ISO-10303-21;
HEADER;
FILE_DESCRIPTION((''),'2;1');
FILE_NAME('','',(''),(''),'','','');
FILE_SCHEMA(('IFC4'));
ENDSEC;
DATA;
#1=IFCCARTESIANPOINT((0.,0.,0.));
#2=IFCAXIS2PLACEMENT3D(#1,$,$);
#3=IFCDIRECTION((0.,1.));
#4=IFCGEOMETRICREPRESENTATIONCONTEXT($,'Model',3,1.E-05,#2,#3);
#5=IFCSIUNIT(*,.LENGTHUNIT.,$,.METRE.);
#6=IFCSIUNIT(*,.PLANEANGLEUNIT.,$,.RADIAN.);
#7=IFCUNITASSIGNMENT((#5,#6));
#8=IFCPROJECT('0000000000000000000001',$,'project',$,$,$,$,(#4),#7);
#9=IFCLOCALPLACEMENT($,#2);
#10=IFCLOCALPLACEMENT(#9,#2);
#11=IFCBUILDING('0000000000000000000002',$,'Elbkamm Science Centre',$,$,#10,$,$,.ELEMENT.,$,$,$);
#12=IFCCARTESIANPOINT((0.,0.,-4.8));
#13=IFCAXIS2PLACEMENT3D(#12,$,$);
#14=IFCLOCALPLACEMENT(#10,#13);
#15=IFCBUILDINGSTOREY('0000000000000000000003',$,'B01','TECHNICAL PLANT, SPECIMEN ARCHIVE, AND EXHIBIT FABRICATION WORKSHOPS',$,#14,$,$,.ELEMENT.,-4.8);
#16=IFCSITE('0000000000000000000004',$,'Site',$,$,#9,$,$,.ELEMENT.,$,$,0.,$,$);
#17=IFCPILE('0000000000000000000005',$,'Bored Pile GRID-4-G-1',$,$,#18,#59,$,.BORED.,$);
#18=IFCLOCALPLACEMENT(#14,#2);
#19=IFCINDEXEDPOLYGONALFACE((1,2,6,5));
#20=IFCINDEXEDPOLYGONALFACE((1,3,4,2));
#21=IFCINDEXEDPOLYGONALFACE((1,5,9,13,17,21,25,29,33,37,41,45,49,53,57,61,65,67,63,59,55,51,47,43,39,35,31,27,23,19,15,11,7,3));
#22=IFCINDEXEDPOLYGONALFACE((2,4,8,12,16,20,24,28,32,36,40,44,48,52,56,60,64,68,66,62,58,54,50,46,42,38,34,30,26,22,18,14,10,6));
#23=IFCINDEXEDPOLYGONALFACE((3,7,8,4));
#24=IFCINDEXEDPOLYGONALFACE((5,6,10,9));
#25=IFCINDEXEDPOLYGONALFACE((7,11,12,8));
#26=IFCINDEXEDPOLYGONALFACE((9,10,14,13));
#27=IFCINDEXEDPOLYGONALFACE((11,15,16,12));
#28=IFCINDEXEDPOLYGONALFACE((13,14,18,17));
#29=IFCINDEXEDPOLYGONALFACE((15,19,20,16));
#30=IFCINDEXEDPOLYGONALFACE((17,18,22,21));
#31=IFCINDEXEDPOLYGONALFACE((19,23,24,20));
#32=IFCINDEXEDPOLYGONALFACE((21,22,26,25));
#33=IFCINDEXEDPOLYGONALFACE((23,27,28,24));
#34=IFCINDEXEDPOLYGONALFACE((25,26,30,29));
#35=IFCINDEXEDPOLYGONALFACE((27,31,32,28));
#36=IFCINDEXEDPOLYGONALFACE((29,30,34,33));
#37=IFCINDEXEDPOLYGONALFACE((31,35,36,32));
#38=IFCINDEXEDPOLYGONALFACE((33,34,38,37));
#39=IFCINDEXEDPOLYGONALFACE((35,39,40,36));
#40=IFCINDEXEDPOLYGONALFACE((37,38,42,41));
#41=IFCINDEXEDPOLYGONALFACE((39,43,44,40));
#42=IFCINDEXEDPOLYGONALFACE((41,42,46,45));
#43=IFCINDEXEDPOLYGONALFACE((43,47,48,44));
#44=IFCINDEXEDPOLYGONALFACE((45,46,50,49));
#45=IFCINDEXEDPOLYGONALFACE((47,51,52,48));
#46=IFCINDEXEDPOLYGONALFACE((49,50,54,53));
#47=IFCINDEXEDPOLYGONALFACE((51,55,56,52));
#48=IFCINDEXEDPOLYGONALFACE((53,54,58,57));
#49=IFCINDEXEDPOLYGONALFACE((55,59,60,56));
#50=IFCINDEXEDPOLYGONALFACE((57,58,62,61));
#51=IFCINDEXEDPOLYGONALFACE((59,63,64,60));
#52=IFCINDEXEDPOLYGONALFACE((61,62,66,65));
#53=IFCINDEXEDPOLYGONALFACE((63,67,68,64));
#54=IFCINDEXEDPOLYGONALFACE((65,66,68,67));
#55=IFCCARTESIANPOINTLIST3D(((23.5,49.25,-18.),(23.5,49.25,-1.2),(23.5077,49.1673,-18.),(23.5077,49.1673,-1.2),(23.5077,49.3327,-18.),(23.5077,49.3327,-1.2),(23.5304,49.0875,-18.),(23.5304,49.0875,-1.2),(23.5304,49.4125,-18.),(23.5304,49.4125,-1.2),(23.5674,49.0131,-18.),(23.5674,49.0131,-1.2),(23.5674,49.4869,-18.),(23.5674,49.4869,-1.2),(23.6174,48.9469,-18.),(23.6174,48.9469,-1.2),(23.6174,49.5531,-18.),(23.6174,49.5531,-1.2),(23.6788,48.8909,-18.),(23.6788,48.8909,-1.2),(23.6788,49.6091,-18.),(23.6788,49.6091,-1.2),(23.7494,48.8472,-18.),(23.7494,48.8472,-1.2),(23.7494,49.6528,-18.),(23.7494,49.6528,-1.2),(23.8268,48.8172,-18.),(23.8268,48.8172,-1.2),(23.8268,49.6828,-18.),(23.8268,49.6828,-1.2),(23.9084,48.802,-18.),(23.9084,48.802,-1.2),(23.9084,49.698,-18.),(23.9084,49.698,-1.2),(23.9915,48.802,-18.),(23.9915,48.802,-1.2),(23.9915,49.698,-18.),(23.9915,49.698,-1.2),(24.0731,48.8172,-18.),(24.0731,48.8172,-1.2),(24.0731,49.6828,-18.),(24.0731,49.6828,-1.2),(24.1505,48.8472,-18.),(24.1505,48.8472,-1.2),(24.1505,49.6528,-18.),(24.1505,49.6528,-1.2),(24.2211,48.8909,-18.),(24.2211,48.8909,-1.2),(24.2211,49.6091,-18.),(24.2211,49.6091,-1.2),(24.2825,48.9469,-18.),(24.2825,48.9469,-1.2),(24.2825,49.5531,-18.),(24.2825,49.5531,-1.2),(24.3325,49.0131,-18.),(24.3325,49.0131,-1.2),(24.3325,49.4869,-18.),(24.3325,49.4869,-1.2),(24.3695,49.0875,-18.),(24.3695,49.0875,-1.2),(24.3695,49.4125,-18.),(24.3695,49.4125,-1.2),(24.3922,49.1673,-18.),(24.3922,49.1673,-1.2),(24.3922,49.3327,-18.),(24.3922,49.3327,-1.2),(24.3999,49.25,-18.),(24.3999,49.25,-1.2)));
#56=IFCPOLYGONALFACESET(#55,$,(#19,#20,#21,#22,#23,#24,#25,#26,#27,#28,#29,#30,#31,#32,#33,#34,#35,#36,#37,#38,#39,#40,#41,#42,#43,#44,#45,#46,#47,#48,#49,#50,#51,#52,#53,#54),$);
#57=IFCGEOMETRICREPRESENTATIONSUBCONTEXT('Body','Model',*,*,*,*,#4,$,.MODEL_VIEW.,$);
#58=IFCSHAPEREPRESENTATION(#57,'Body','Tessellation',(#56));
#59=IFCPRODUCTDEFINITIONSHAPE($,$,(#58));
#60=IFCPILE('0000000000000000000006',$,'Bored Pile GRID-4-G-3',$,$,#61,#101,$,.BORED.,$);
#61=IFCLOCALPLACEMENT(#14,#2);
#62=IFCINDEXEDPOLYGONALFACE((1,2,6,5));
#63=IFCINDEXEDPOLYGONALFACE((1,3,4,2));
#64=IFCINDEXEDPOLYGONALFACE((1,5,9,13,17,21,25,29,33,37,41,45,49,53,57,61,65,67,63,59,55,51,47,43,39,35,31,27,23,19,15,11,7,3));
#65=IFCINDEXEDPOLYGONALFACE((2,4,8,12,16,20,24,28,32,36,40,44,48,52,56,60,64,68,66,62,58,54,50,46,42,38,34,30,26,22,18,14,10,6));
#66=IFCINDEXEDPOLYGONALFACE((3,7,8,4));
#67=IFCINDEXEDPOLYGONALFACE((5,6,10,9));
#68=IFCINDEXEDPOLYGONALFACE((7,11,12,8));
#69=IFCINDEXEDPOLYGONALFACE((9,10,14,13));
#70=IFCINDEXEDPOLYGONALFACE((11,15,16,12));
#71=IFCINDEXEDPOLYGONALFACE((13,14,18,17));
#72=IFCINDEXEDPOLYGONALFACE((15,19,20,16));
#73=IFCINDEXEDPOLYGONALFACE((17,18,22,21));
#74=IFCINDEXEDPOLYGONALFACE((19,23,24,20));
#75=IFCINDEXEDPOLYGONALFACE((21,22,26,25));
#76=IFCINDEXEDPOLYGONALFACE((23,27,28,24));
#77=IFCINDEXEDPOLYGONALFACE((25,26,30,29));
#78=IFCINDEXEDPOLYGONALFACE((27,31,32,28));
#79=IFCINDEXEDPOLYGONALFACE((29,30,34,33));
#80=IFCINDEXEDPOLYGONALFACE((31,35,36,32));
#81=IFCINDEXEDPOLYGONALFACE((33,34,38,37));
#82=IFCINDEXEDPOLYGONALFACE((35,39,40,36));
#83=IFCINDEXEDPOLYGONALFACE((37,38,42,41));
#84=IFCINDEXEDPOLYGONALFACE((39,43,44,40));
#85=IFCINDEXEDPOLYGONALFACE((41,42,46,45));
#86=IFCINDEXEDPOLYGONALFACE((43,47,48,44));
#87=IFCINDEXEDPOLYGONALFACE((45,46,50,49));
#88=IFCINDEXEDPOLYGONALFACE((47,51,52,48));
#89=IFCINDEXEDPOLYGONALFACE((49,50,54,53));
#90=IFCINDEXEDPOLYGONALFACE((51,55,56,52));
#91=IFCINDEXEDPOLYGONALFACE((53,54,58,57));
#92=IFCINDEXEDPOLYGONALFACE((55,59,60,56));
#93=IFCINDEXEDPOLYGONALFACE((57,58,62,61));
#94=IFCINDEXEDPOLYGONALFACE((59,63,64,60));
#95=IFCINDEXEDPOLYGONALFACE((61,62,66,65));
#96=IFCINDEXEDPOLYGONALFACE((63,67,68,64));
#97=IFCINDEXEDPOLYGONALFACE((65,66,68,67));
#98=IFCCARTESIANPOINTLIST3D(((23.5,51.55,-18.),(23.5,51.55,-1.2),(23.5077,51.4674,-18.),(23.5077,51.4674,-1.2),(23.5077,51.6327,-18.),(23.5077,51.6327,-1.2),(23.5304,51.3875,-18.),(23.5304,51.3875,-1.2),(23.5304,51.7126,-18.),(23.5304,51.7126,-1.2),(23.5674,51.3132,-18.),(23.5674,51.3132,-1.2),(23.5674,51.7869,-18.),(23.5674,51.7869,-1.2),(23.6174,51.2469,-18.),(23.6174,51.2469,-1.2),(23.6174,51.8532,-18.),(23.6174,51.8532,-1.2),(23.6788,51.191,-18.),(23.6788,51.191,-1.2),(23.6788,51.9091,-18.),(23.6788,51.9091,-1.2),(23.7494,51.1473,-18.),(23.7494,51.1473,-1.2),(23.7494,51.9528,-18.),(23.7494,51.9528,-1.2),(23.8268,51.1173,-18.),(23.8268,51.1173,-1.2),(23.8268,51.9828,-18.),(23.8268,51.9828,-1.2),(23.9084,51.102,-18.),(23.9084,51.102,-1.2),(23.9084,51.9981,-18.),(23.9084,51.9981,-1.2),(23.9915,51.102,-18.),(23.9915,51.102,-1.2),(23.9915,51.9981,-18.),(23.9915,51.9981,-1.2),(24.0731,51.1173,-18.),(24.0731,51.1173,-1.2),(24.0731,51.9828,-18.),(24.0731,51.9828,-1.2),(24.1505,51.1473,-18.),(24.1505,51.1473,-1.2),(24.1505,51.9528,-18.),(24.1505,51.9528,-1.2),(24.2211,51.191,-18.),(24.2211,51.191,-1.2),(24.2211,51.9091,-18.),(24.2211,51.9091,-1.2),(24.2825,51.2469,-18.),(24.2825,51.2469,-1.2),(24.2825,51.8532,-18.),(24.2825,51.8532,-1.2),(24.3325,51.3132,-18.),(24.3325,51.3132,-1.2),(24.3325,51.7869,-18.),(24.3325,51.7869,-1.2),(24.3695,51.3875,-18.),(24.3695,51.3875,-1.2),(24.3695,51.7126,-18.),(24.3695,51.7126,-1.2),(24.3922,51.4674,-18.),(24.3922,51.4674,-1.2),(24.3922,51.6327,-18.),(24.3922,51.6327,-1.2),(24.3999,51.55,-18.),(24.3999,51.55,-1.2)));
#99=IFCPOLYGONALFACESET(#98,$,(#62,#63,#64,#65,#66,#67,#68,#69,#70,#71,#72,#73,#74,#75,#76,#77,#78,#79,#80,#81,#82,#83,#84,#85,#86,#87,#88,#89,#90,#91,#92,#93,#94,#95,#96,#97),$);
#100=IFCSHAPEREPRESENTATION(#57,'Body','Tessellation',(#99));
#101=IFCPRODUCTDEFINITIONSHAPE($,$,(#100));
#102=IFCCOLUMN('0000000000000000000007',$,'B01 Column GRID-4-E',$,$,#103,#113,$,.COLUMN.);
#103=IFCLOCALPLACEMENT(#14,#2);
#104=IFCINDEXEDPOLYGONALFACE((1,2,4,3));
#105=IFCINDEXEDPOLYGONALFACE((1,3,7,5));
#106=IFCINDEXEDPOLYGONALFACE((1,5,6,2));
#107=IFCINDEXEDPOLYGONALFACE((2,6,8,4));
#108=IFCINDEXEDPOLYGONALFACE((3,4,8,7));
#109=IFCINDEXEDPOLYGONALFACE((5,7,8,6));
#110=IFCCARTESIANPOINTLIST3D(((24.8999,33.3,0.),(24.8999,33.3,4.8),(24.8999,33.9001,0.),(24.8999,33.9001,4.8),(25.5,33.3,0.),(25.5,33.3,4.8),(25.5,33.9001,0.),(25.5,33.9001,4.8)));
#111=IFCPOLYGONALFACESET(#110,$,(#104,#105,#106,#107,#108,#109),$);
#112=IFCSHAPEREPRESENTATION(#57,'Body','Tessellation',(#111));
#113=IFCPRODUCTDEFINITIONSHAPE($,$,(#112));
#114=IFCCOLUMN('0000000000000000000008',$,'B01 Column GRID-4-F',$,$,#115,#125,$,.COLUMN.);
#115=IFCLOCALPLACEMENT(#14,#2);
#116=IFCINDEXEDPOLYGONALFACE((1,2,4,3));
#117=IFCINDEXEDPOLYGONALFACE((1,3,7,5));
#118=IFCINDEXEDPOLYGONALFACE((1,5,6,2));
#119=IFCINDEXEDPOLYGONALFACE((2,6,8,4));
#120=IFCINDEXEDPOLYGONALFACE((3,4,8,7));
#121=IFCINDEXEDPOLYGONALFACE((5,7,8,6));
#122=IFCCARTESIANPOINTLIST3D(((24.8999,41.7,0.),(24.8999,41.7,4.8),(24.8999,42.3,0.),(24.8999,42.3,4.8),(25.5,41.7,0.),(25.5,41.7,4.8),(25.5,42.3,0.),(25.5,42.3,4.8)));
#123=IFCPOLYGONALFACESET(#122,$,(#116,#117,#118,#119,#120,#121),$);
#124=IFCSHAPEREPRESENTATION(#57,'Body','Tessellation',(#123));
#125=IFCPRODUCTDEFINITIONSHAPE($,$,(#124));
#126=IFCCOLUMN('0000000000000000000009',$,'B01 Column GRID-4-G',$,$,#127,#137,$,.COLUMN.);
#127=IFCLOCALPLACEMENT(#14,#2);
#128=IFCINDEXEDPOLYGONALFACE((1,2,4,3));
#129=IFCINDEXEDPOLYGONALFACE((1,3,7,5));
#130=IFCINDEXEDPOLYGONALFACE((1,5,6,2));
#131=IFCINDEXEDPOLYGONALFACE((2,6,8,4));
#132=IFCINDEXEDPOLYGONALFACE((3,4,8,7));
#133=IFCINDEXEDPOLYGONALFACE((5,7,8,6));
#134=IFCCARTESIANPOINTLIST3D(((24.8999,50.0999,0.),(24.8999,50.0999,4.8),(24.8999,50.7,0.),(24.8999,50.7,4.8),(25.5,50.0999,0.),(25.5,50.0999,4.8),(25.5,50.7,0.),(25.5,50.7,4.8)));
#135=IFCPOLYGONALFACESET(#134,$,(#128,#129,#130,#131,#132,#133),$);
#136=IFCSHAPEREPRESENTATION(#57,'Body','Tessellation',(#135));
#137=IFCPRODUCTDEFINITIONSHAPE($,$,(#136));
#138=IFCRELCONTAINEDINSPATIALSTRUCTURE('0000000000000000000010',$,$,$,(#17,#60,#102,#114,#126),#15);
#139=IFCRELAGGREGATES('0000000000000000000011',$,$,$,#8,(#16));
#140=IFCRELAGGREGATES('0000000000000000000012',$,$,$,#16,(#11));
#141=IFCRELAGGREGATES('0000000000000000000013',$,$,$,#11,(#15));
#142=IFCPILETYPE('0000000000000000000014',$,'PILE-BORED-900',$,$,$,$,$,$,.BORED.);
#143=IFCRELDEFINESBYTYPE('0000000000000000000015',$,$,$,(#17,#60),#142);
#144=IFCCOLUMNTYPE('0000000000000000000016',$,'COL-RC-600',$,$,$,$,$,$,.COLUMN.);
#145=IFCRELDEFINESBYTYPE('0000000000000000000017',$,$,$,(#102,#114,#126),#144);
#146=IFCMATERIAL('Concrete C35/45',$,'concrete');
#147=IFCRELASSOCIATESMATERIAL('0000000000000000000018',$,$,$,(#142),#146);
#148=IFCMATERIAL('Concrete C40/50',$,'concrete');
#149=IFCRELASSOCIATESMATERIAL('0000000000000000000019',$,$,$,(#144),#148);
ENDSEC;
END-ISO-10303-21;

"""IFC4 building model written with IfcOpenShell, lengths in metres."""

from ifc_helpers import new_model, si_unit, direction, frame, origin, origin_2d, place, context, subcontext, project, spatial, rectangle, circle, extrude, material, material_profile, profile_set, type_object, element, save


model = new_model("IFC4")

# Units and contexts
model_context = context("Model", 3, precision=1e-05, world=origin(), true_north=direction((0.0, 1.0)))
body_context = subcontext(model_context, "Body", "Model", "MODEL_VIEW")
ifc_project = project(units=[si_unit("LENGTHUNIT", "METRE"), si_unit("PLANEANGLEUNIT", "RADIAN")], contexts=[model_context])

# Site, building, storey
site_placement = place(None, origin())
site = spatial("IfcSite", under=ifc_project, at=site_placement, Name="Site", CompositionType="ELEMENT", RefElevation=0.0)
building_placement = place(site_placement, origin())
building = spatial("IfcBuilding", under=site, at=building_placement, Name="Elbkamm Science Centre", CompositionType="ELEMENT")
storey_placement = place(building_placement, frame((0.0, 0.0, -4.8)))
storey = spatial("IfcBuildingStorey", under=building, at=storey_placement, Name="B01", Description="TECHNICAL PLANT, SPECIMEN ARCHIVE, AND EXHIBIT FABRICATION WORKSHOPS", CompositionType="ELEMENT", Elevation=-4.8)

# Shared definitions
ifc_material_1 = material(Name="Concrete C35/45", Category="concrete")

# Piles
ifc_material_profile_1 = material_profile(ifc_material_1, circle(Radius=0.45, at=origin_2d()), Name="PILE D900")
ifc_profile_set_1 = profile_set([ifc_material_profile_1], Name="Concrete C35/45")
pile_type = type_object("IfcPileType", Name="PILE-BORED-900", PredefinedType="BORED", material=ifc_profile_set_1)
for number, where, z_axis, x_axis, name in (
    (1, (23.95, 49.25, -1.2), (0.0, 0.0, -1.0), (1.0, 0.0, 0.0), "Bored Pile GRID-4-G-1"),
    (2, (23.95, 51.55, -1.2), (0.0, 0.0, -1.0), (1.0, 0.0, 0.0), "Bored Pile GRID-4-G-3"),
):
    element("IfcPile", number, at=place(storey_placement, frame(where, z_axis=z_axis, x_axis=x_axis)), inside=storey, type_object=pile_type, Name=name, PredefinedType="BORED", context=body_context, shape_type="SweptSolid", body=[
        extrude(circle(Radius=0.45, at=origin_2d()), origin(), (0.0, 0.0, 1.0), 16.8),
    ])

# Columns
ifc_material_2 = material(Name="Concrete C40/50", Category="concrete")
ifc_material_profile_2 = material_profile(ifc_material_2, rectangle(XDim=0.6001, YDim=0.6001, at=origin_2d()), Name="RC 600x600")
ifc_profile_set_2 = profile_set([ifc_material_profile_2], Name="Concrete C40/50")
column_type = type_object("IfcColumnType", Name="COL-RC-600", PredefinedType="COLUMN", material=ifc_profile_set_2)
for number, where, z_axis, x_axis, name in (
    (3, (25.2, 33.6001, 0.0), (0.0, 0.0, 1.0), (1.0, 0.0, 0.0), "B01 Column GRID-4-E"),
    (4, (25.2, 42.0, 0.0), (0.0, 0.0, 1.0), (1.0, 0.0, 0.0), "B01 Column GRID-4-F"),
    (5, (25.2, 50.3999, 0.0), (0.0, 0.0, 1.0), (1.0, 0.0, 0.0), "B01 Column GRID-4-G"),
):
    element("IfcColumn", number, at=place(storey_placement, frame(where, z_axis=z_axis, x_axis=x_axis)), inside=storey, type_object=column_type, Name=name, PredefinedType="COLUMN", context=body_context, shape_type="SweptSolid", body=[
        extrude(rectangle(XDim=0.6001, YDim=0.6001, at=origin_2d()), origin(), (0.0, 0.0, 1.0), 4.8),
    ])

save(model, "model.ifc")
